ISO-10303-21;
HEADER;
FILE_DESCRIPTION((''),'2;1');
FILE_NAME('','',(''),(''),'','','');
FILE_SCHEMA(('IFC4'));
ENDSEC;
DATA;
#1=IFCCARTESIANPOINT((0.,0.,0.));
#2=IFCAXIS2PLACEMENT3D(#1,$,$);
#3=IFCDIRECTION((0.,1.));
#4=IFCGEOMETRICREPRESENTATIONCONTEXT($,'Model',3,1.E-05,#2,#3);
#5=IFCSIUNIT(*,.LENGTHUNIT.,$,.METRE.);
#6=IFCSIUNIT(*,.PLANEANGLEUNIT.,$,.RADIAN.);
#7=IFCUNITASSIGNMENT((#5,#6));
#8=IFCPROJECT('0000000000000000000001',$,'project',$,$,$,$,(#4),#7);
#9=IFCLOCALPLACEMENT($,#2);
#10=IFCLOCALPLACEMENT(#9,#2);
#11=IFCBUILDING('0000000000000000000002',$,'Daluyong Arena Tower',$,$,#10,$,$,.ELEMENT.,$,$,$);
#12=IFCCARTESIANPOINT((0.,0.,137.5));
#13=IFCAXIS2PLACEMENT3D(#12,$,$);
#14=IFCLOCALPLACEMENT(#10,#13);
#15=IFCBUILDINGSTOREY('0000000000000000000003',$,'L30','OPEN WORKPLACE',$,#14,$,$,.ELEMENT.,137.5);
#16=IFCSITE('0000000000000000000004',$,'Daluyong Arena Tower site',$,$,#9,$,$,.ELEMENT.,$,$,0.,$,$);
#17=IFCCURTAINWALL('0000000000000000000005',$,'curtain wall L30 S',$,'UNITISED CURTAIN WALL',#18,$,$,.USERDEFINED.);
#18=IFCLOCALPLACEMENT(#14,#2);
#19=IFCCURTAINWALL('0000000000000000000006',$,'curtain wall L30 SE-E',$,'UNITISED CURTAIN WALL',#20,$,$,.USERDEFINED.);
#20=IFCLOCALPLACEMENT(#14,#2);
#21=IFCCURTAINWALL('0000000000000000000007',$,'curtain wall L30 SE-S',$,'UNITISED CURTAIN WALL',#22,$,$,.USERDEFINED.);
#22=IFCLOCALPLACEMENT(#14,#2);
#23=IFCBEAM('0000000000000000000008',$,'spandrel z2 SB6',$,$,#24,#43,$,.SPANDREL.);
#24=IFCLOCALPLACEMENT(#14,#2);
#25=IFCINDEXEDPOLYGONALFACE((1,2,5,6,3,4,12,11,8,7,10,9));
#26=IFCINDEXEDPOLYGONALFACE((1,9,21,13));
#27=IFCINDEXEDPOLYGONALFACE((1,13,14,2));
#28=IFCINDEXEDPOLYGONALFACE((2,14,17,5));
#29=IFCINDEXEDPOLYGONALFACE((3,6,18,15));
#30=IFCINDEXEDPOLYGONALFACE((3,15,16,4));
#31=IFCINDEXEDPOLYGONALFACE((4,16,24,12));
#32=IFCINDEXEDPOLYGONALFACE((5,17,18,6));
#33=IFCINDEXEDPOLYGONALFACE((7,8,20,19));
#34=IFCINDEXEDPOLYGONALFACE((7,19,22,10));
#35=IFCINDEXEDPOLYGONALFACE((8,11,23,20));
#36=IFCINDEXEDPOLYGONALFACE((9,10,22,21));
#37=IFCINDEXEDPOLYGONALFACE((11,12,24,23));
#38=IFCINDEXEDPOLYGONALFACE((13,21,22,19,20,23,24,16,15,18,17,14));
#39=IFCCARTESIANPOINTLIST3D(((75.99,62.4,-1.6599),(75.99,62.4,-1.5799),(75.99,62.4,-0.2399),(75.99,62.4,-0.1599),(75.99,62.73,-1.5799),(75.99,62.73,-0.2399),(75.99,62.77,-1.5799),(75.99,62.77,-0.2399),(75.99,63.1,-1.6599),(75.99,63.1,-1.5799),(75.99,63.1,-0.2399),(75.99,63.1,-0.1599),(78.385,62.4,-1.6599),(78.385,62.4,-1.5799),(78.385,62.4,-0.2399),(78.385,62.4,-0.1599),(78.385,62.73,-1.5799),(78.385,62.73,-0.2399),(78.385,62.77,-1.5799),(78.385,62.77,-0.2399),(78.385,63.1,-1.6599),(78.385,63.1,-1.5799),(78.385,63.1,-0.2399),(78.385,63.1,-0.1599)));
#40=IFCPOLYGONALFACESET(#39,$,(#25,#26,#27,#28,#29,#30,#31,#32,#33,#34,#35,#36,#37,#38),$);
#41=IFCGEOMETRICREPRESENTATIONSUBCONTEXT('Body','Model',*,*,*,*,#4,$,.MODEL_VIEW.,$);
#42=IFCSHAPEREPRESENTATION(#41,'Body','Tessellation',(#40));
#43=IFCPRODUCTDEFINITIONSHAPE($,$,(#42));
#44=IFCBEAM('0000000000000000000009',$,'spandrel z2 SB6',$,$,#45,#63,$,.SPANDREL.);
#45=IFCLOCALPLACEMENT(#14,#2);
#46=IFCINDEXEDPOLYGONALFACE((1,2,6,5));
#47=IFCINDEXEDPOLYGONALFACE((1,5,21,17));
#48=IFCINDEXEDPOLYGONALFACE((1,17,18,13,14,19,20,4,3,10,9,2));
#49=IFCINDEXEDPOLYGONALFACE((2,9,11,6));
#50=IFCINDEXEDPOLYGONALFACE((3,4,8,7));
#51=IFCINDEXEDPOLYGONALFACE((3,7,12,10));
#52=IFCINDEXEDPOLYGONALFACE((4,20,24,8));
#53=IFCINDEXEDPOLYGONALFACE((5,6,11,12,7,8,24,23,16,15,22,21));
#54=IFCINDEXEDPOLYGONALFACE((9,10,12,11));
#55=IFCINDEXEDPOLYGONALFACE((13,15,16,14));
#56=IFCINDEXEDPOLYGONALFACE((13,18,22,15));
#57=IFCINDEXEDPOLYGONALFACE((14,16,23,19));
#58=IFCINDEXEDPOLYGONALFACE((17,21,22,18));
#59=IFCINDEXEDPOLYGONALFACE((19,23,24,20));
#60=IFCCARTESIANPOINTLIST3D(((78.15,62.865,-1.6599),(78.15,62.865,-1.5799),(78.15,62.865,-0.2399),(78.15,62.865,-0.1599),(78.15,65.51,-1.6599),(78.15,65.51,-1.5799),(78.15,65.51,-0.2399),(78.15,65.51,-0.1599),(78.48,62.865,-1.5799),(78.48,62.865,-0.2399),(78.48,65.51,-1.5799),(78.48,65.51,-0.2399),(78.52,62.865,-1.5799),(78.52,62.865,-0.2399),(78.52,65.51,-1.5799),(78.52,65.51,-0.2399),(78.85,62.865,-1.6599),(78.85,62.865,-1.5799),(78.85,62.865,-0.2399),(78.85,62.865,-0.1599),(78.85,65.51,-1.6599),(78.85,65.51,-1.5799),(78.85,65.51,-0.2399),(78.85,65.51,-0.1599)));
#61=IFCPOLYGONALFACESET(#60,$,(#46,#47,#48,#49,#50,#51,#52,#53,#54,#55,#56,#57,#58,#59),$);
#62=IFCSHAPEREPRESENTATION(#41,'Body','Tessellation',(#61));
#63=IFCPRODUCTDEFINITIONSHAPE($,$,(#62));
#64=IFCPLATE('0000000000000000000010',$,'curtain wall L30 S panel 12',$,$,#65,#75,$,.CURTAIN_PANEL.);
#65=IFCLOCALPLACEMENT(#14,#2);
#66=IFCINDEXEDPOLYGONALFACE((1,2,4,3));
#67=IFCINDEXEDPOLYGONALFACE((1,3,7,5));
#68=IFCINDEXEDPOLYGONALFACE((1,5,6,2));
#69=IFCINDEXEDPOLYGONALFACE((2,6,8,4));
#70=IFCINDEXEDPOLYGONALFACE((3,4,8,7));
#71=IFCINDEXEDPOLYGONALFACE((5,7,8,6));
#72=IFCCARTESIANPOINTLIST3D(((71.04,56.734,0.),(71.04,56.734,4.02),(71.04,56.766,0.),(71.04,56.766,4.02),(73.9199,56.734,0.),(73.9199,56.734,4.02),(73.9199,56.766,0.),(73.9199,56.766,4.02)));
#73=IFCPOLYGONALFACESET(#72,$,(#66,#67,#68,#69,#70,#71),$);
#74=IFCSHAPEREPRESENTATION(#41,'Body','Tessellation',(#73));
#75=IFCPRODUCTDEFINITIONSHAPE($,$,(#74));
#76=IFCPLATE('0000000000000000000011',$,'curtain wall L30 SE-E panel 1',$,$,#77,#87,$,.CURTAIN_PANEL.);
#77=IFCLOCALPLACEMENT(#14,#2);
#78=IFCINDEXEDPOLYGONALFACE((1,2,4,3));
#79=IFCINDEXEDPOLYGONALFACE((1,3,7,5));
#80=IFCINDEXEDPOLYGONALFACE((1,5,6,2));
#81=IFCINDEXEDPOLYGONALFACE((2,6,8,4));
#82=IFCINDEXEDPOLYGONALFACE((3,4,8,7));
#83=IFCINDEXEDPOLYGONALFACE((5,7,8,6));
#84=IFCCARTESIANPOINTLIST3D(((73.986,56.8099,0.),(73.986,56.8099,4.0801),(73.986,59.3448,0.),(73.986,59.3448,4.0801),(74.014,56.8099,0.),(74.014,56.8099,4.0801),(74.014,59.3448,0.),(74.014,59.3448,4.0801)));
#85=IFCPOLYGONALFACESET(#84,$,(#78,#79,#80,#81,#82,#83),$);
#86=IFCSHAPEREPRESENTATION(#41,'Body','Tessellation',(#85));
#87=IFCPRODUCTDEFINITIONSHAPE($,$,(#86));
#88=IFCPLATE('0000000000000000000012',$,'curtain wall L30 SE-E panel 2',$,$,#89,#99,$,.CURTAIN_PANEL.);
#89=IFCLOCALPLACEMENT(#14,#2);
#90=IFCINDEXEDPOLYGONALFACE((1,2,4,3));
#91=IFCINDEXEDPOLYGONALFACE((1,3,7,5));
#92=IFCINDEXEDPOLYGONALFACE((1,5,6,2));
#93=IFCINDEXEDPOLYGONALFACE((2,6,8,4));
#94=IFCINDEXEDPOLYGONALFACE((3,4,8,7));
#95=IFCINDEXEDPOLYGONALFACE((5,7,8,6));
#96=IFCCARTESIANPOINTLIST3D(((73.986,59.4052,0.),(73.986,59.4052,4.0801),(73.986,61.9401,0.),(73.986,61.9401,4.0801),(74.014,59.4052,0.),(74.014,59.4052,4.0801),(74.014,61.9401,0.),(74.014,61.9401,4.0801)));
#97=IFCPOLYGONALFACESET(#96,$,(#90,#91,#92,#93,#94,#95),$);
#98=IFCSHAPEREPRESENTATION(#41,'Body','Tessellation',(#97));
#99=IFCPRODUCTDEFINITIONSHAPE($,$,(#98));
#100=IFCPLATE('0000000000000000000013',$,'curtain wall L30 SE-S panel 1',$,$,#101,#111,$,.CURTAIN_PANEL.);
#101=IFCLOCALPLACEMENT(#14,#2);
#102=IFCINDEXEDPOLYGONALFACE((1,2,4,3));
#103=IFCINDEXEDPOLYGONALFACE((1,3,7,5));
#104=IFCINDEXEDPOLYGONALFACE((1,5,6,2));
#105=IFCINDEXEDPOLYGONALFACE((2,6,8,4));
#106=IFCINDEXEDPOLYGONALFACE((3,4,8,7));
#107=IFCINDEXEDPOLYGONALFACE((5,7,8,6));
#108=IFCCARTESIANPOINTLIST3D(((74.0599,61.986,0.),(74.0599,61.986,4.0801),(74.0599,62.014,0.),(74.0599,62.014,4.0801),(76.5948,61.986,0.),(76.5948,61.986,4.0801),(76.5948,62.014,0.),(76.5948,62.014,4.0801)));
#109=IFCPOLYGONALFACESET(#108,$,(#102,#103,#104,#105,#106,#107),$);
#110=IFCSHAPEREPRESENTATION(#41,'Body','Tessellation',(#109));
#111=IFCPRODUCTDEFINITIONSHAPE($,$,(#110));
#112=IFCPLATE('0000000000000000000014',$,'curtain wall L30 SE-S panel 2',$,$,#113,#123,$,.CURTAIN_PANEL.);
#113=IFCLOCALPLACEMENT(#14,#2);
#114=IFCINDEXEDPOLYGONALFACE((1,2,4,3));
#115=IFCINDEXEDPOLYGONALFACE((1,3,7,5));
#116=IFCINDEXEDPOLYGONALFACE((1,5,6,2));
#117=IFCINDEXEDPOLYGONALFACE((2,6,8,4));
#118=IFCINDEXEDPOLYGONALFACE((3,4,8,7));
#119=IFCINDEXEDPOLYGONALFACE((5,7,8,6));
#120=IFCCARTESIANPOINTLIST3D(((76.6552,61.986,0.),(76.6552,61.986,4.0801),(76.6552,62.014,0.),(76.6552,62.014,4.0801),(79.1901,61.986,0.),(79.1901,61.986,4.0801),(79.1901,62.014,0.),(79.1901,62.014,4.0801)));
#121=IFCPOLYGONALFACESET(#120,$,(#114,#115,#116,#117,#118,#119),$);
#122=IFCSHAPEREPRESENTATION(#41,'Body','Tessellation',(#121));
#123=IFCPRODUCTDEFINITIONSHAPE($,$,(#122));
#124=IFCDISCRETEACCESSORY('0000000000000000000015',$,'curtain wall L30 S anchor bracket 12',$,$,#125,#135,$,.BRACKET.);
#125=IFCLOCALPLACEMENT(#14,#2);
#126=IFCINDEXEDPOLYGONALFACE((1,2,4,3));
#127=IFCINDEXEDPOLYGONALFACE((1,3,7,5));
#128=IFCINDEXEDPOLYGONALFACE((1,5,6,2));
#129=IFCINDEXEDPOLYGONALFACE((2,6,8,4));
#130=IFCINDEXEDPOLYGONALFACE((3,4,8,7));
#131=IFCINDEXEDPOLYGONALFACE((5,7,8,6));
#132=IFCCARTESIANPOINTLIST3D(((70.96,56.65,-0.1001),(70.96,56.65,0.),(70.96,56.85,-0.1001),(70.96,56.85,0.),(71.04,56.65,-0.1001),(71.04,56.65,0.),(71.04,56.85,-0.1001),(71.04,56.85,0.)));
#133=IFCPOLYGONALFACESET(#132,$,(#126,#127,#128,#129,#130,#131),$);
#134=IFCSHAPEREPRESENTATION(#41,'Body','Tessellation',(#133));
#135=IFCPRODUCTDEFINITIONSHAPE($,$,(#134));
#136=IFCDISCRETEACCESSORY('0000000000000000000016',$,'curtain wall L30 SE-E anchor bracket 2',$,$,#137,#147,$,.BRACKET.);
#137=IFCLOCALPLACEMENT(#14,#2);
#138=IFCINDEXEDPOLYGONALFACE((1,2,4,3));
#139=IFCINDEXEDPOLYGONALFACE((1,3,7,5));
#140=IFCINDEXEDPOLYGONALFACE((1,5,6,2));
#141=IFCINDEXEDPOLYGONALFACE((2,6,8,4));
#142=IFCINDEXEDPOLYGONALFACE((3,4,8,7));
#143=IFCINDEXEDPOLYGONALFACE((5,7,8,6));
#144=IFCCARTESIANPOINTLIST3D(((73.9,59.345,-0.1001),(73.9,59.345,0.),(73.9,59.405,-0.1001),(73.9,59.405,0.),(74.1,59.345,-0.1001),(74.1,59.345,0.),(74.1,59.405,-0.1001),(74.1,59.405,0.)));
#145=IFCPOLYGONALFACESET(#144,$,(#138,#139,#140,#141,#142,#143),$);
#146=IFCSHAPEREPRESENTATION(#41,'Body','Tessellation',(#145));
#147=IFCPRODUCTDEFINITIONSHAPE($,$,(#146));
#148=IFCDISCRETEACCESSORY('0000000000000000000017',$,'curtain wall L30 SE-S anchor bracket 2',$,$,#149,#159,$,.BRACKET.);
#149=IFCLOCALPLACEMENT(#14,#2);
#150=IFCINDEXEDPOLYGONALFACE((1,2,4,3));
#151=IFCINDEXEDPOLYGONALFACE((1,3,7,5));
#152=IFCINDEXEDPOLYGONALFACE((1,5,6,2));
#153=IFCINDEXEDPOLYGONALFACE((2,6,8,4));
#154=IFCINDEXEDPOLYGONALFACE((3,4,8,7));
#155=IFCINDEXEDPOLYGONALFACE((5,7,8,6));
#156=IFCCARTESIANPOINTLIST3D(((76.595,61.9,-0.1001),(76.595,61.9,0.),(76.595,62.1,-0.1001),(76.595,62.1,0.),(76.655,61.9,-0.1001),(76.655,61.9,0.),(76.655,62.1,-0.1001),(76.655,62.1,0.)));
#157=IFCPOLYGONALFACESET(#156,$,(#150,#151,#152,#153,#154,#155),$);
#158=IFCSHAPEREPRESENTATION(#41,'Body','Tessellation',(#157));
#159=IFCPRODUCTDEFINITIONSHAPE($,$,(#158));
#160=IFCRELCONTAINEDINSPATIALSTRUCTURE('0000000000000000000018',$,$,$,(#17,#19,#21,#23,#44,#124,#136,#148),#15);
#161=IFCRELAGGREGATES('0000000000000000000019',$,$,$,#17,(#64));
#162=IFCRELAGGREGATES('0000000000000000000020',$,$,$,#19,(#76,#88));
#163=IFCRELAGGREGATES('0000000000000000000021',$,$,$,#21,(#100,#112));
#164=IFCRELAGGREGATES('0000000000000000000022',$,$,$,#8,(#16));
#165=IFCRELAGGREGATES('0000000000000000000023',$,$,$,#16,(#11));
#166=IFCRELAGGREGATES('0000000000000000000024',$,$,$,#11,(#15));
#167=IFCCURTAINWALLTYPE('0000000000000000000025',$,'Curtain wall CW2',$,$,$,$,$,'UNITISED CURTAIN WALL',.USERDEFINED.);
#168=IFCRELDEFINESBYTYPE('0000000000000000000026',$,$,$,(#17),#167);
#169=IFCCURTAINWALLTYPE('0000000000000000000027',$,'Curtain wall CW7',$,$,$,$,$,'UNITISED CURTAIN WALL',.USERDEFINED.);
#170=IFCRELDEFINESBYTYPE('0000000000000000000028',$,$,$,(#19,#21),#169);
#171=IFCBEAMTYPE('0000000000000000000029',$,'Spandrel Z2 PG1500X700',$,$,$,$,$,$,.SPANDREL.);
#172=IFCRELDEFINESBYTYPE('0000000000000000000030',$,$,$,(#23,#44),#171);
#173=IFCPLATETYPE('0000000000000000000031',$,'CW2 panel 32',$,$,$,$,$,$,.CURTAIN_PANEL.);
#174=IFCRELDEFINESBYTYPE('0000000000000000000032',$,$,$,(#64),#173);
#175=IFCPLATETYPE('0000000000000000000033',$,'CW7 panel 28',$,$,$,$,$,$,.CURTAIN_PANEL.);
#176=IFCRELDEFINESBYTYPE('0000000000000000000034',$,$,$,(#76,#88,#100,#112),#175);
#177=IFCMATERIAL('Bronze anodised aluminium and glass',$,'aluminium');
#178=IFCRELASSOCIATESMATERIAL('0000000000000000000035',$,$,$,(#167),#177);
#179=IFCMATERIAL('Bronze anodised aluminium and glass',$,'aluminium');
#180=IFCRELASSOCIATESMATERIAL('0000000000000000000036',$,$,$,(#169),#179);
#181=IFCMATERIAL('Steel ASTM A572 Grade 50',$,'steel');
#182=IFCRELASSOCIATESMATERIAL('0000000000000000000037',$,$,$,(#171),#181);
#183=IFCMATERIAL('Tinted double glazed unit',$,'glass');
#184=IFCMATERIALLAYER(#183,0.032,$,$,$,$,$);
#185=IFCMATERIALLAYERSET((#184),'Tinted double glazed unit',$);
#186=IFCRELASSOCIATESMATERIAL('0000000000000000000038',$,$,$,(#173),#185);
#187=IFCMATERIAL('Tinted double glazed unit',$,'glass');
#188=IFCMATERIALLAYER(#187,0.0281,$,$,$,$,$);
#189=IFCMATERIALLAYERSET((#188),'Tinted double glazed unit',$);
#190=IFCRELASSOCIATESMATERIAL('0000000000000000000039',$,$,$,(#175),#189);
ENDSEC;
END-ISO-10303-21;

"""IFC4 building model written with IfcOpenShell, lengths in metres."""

from ifc_helpers import new_model, si_unit, direction, frame, origin, origin_2d, place, context, subcontext, project, spatial, rectangle, i_section, extrude, material, layer, layer_set, material_profile, profile_set, type_object, element, aggregate, save


model = new_model("IFC4")

# Units and contexts
model_context = context("Model", 3, precision=1e-05, world=origin(), true_north=direction((0.0, 1.0)))
body_context = subcontext(model_context, "Body", "Model", "MODEL_VIEW")
ifc_project = project(units=[si_unit("LENGTHUNIT", "METRE"), si_unit("PLANEANGLEUNIT", "RADIAN")], contexts=[model_context])

# Site, building, storey
site_placement = place(None, origin())
site = spatial("IfcSite", under=ifc_project, at=site_placement, Name="Daluyong Arena Tower site", CompositionType="ELEMENT", RefElevation=0.0)
building_placement = place(site_placement, origin())
building = spatial("IfcBuilding", under=site, at=building_placement, Name="Daluyong Arena Tower", CompositionType="ELEMENT")
storey_placement = place(building_placement, frame((0.0, 0.0, 137.5)))
storey = spatial("IfcBuildingStorey", under=building, at=storey_placement, Name="L30", Description="OPEN WORKPLACE", CompositionType="ELEMENT", Elevation=137.5)

# Curtain wall
ifc_material_1 = material(Name="Bronze anodised aluminium and glass", Category="aluminium")
curtain_wall_type_1 = type_object("IfcCurtainWallType", Name="Curtain wall CW2", ElementType="UNITISED CURTAIN WALL", PredefinedType="USERDEFINED", material=ifc_material_1)
curtain_wall_1_placement = place(storey_placement, origin())
curtain_wall_1 = element("IfcCurtainWall", 1, at=curtain_wall_1_placement, inside=storey, type_object=curtain_wall_type_1, Name="curtain wall L30 S", ObjectType="UNITISED CURTAIN WALL", PredefinedType="USERDEFINED")

# Curtain walls
ifc_material_2 = material(Name="Bronze anodised aluminium and glass", Category="aluminium")
curtain_wall_type_2 = type_object("IfcCurtainWallType", Name="Curtain wall CW7", ElementType="UNITISED CURTAIN WALL", PredefinedType="USERDEFINED", material=ifc_material_2)
curtain_wall_2_placement = place(storey_placement, origin())
curtain_wall_2 = element("IfcCurtainWall", 2, at=curtain_wall_2_placement, inside=storey, type_object=curtain_wall_type_2, Name="curtain wall L30 SE-E", ObjectType="UNITISED CURTAIN WALL", PredefinedType="USERDEFINED")
curtain_wall_3_placement = place(storey_placement, origin())
curtain_wall_3 = element("IfcCurtainWall", 3, at=curtain_wall_3_placement, inside=storey, type_object=curtain_wall_type_2, Name="curtain wall L30 SE-S", ObjectType="UNITISED CURTAIN WALL", PredefinedType="USERDEFINED")

# Beams
ifc_material_3 = material(Name="Steel ASTM A572 Grade 50", Category="steel")
ifc_material_profile_1 = material_profile(ifc_material_3, i_section(OverallWidth=0.7, OverallDepth=1.5, WebThickness=0.04, FlangeThickness=0.08, at=origin_2d()))
ifc_profile_set_1 = profile_set([ifc_material_profile_1], Name="Steel ASTM A572 Grade 50")
beam_type_1 = type_object("IfcBeamType", Name="Spandrel Z2 PG1500X700", PredefinedType="SPANDREL", material=ifc_profile_set_1)
for number, where, z_axis, x_axis, name in (
    (4, (75.99, 62.75, -0.9099), (1.0, 0.0, 0.0), (0.0, 1.0, 0.0), "spandrel z2 SB6"),
):
    element("IfcBeam", number, at=place(storey_placement, frame(where, z_axis=z_axis, x_axis=x_axis)), inside=storey, type_object=beam_type_1, Name=name, PredefinedType="SPANDREL", context=body_context, shape_type="SweptSolid", body=[
        extrude(i_section(OverallWidth=0.7, OverallDepth=1.5, WebThickness=0.04, FlangeThickness=0.08, at=origin_2d()), origin(), (0.0, 0.0, 1.0), 2.395),
    ])
beam_1_placement = place(storey_placement, frame((78.5, 62.865, -0.9099), z_axis=(0.0, 1.0, 0.0), x_axis=(-1.0, 0.0, 0.0)))
element("IfcBeam", 5, at=beam_1_placement, inside=storey, type_object=beam_type_1, Name="spandrel z2 SB6", PredefinedType="SPANDREL", context=body_context, shape_type="SweptSolid", body=[
    extrude(i_section(OverallWidth=0.7, OverallDepth=1.5, WebThickness=0.04, FlangeThickness=0.08, at=origin_2d()), origin(), (0.0, 0.0, 1.0), 2.645),
])

# Plates
ifc_material_4 = material(Name="Tinted double glazed unit", Category="glass")
ifc_layer_1 = layer(ifc_material_4, 0.032)
ifc_layer_set_1 = layer_set([ifc_layer_1], Name="Tinted double glazed unit")
plate_type_1 = type_object("IfcPlateType", Name="CW2 panel 32", PredefinedType="CURTAIN_PANEL", material=ifc_layer_set_1)
plate_1_placement = place(storey_placement, frame((72.48, 56.75, 0.0), z_axis=(0.0, 0.0, 1.0), x_axis=(1.0, 0.0, 0.0)))
plate_1 = element("IfcPlate", 6, at=plate_1_placement, type_object=plate_type_1, Name="curtain wall L30 S panel 12", PredefinedType="CURTAIN_PANEL", context=body_context, shape_type="SweptSolid", body=[
    extrude(rectangle(XDim=2.8799, YDim=0.032, at=origin_2d()), origin(), (0.0, 0.0, 1.0), 4.02),
])
aggregate(curtain_wall_1, [plate_1])
ifc_material_5 = material(Name="Tinted double glazed unit", Category="glass")
ifc_layer_2 = layer(ifc_material_5, 0.0281)
ifc_layer_set_2 = layer_set([ifc_layer_2], Name="Tinted double glazed unit")
plate_type_2 = type_object("IfcPlateType", Name="CW7 panel 28", PredefinedType="CURTAIN_PANEL", material=ifc_layer_set_2)
plate_2_placement = place(storey_placement, frame((74.0, 58.0774, 0.0), z_axis=(0.0, 0.0, 1.0), x_axis=(0.0, 1.0, 0.0)))
plate_2 = element("IfcPlate", 7, at=plate_2_placement, type_object=plate_type_2, Name="curtain wall L30 SE-E panel 1", PredefinedType="CURTAIN_PANEL", context=body_context, shape_type="SweptSolid", body=[
    extrude(rectangle(XDim=2.5349, YDim=0.0281, at=origin_2d()), origin(), (0.0, 0.0, 1.0), 4.0801),
])
plate_3_placement = place(storey_placement, frame((74.0, 60.6726, 0.0), z_axis=(0.0, 0.0, 1.0), x_axis=(0.0, 1.0, 0.0)))
plate_3 = element("IfcPlate", 8, at=plate_3_placement, type_object=plate_type_2, Name="curtain wall L30 SE-E panel 2", PredefinedType="CURTAIN_PANEL", context=body_context, shape_type="SweptSolid", body=[
    extrude(rectangle(XDim=2.5349, YDim=0.0281, at=origin_2d()), origin(), (0.0, 0.0, 1.0), 4.0801),
])
aggregate(curtain_wall_2, [plate_2, plate_3])
plate_4_placement = place(storey_placement, frame((75.3274, 62.0, 0.0), z_axis=(0.0, 0.0, 1.0), x_axis=(1.0, 0.0, 0.0)))
plate_4 = element("IfcPlate", 9, at=plate_4_placement, type_object=plate_type_2, Name="curtain wall L30 SE-S panel 1", PredefinedType="CURTAIN_PANEL", context=body_context, shape_type="SweptSolid", body=[
    extrude(rectangle(XDim=2.5349, YDim=0.0281, at=origin_2d()), origin(), (0.0, 0.0, 1.0), 4.0801),
])
plate_5_placement = place(storey_placement, frame((77.9226, 62.0, 0.0), z_axis=(0.0, 0.0, 1.0), x_axis=(1.0, 0.0, 0.0)))
plate_5 = element("IfcPlate", 10, at=plate_5_placement, type_object=plate_type_2, Name="curtain wall L30 SE-S panel 2", PredefinedType="CURTAIN_PANEL", context=body_context, shape_type="SweptSolid", body=[
    extrude(rectangle(XDim=2.5349, YDim=0.0281, at=origin_2d()), origin(), (0.0, 0.0, 1.0), 4.0801),
])
aggregate(curtain_wall_3, [plate_4, plate_5])

# Discrete accessories
discrete_accessory_placement = place(storey_placement, frame((71.0, 56.75, -0.1001), z_axis=(0.0, 0.0, 1.0), x_axis=(1.0, 0.0, 0.0)))
element("IfcDiscreteAccessory", 11, at=discrete_accessory_placement, inside=storey, Name="curtain wall L30 S anchor bracket 12", PredefinedType="BRACKET", context=body_context, shape_type="SweptSolid", body=[
    extrude(rectangle(XDim=0.0801, YDim=0.2, at=origin_2d()), origin(), (0.0, 0.0, 1.0), 0.1001),
])
for number, where, z_axis, x_axis, name in (
    (12, (74.0, 59.375, -0.1001), (0.0, 0.0, 1.0), (0.0, 1.0, 0.0), "curtain wall L30 SE-E anchor bracket 2"),
    (13, (76.625, 62.0, -0.1001), (0.0, 0.0, 1.0), (1.0, 0.0, 0.0), "curtain wall L30 SE-S anchor bracket 2"),
):
    element("IfcDiscreteAccessory", number, at=place(storey_placement, frame(where, z_axis=z_axis, x_axis=x_axis)), inside=storey, Name=name, PredefinedType="BRACKET", context=body_context, shape_type="SweptSolid", body=[
        extrude(rectangle(XDim=0.0601, YDim=0.2, at=origin_2d()), origin(), (0.0, 0.0, 1.0), 0.1001),
    ])

save(model, "model.ifc")
